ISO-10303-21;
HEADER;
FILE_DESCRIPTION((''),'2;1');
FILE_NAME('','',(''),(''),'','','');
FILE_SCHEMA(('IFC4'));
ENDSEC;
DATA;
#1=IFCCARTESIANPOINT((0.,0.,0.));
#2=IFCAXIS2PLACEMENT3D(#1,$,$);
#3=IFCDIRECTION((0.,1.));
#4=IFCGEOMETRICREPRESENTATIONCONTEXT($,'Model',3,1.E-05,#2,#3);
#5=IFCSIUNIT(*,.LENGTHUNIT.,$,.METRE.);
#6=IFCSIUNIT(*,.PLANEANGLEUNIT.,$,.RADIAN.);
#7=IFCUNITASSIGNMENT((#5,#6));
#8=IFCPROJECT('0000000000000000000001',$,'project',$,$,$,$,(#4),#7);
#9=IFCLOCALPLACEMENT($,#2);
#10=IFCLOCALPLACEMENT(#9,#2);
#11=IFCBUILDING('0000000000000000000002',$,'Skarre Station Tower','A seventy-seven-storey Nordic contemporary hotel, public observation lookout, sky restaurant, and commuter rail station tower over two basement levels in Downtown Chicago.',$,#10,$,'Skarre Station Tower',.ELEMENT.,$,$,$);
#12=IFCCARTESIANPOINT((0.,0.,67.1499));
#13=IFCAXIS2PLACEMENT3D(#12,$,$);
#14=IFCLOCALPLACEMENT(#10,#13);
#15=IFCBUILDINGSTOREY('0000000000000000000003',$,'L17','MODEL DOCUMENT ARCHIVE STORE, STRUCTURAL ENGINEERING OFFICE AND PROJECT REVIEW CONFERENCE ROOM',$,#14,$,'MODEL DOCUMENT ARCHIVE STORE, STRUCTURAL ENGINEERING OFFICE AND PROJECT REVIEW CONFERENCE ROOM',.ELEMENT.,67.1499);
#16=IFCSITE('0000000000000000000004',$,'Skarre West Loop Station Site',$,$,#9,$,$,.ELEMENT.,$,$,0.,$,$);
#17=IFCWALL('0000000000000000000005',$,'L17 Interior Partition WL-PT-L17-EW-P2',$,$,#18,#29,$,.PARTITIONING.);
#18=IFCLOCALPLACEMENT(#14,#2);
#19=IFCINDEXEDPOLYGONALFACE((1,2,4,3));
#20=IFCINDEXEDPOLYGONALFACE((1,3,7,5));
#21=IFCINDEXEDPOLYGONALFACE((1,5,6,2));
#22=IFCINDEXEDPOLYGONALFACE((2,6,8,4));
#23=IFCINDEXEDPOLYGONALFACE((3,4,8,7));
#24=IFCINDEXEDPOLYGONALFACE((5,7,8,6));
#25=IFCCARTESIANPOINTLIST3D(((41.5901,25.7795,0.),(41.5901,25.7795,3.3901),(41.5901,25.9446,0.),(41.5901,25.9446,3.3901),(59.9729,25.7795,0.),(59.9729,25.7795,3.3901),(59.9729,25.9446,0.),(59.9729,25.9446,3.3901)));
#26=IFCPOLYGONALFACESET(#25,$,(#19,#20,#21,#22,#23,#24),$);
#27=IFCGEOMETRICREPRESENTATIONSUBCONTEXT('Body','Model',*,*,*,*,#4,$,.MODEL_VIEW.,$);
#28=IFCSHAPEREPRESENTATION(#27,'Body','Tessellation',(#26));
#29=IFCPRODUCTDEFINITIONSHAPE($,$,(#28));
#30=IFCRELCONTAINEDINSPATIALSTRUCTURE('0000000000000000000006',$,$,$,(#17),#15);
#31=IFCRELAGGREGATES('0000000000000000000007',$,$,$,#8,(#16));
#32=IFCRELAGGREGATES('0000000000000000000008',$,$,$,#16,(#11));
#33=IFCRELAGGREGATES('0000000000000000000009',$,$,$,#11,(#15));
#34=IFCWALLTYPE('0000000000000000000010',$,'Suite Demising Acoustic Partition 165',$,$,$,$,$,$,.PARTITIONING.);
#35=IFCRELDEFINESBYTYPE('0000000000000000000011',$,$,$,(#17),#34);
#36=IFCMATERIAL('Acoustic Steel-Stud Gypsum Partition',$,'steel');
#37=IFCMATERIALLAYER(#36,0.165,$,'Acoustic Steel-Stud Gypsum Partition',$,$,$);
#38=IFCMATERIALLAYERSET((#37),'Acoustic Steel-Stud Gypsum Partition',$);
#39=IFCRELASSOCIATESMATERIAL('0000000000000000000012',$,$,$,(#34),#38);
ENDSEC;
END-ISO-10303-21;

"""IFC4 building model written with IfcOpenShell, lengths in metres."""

from ifc_helpers import new_model, si_unit, direction, frame, frame_2d, origin, place, context, subcontext, project, spatial, rectangle, extrude, material, layer, layer_set, type_object, element, save


model = new_model("IFC4")

# Units and contexts
model_context = context("Model", 3, precision=1e-05, world=origin(), true_north=direction((0.0, 1.0)))
body_context = subcontext(model_context, "Body", "Model", "MODEL_VIEW")
ifc_project = project(units=[si_unit("LENGTHUNIT", "METRE"), si_unit("PLANEANGLEUNIT", "RADIAN")], contexts=[model_context])

# Site, building, storey
site_placement = place(None, origin())
site = spatial("IfcSite", under=ifc_project, at=site_placement, Name="Skarre West Loop Station Site", CompositionType="ELEMENT", RefElevation=0.0)
building_placement = place(site_placement, origin())
building = spatial("IfcBuilding", under=site, at=building_placement, Name="Skarre Station Tower", Description="A seventy-seven-storey Nordic contemporary hotel, public observation lookout, sky restaurant, and commuter rail station tower over two basement levels in Downtown Chicago.", LongName="Skarre Station Tower", CompositionType="ELEMENT")
storey_placement = place(building_placement, frame((0.0, 0.0, 67.1499)))
storey = spatial("IfcBuildingStorey", under=building, at=storey_placement, Name="L17", Description="MODEL DOCUMENT ARCHIVE STORE, STRUCTURAL ENGINEERING OFFICE AND PROJECT REVIEW CONFERENCE ROOM", LongName="MODEL DOCUMENT ARCHIVE STORE, STRUCTURAL ENGINEERING OFFICE AND PROJECT REVIEW CONFERENCE ROOM", CompositionType="ELEMENT", Elevation=67.1499)

# Shared definitions
ifc_material_1 = material(Name="Acoustic Steel-Stud Gypsum Partition", Category="steel")

# Wall
ifc_layer_1 = layer(ifc_material_1, 0.165, Name="Acoustic Steel-Stud Gypsum Partition")
ifc_layer_set_1 = layer_set([ifc_layer_1], Name="Acoustic Steel-Stud Gypsum Partition")
wall_type_1 = type_object("IfcWallType", Name="Suite Demising Acoustic Partition 165", PredefinedType="PARTITIONING", material=ifc_layer_set_1)
wall_1_placement = place(storey_placement, frame((41.5901, 25.8621, 0.0), z_axis=(0.0, 0.0, 1.0), x_axis=(1.0, 0.0, 0.0)))
element("IfcWall", 1, at=wall_1_placement, inside=storey, type_object=wall_type_1, Name="L17 Interior Partition WL-PT-L17-EW-P2", PredefinedType="PARTITIONING", context=body_context, shape_type="SweptSolid", body=[
    extrude(rectangle(XDim=18.3828, YDim=0.165, at=frame_2d((9.1914, 0.0))), origin(), (0.0, 0.0, 1.0), 3.3901),
])

save(model, "model.ifc")
